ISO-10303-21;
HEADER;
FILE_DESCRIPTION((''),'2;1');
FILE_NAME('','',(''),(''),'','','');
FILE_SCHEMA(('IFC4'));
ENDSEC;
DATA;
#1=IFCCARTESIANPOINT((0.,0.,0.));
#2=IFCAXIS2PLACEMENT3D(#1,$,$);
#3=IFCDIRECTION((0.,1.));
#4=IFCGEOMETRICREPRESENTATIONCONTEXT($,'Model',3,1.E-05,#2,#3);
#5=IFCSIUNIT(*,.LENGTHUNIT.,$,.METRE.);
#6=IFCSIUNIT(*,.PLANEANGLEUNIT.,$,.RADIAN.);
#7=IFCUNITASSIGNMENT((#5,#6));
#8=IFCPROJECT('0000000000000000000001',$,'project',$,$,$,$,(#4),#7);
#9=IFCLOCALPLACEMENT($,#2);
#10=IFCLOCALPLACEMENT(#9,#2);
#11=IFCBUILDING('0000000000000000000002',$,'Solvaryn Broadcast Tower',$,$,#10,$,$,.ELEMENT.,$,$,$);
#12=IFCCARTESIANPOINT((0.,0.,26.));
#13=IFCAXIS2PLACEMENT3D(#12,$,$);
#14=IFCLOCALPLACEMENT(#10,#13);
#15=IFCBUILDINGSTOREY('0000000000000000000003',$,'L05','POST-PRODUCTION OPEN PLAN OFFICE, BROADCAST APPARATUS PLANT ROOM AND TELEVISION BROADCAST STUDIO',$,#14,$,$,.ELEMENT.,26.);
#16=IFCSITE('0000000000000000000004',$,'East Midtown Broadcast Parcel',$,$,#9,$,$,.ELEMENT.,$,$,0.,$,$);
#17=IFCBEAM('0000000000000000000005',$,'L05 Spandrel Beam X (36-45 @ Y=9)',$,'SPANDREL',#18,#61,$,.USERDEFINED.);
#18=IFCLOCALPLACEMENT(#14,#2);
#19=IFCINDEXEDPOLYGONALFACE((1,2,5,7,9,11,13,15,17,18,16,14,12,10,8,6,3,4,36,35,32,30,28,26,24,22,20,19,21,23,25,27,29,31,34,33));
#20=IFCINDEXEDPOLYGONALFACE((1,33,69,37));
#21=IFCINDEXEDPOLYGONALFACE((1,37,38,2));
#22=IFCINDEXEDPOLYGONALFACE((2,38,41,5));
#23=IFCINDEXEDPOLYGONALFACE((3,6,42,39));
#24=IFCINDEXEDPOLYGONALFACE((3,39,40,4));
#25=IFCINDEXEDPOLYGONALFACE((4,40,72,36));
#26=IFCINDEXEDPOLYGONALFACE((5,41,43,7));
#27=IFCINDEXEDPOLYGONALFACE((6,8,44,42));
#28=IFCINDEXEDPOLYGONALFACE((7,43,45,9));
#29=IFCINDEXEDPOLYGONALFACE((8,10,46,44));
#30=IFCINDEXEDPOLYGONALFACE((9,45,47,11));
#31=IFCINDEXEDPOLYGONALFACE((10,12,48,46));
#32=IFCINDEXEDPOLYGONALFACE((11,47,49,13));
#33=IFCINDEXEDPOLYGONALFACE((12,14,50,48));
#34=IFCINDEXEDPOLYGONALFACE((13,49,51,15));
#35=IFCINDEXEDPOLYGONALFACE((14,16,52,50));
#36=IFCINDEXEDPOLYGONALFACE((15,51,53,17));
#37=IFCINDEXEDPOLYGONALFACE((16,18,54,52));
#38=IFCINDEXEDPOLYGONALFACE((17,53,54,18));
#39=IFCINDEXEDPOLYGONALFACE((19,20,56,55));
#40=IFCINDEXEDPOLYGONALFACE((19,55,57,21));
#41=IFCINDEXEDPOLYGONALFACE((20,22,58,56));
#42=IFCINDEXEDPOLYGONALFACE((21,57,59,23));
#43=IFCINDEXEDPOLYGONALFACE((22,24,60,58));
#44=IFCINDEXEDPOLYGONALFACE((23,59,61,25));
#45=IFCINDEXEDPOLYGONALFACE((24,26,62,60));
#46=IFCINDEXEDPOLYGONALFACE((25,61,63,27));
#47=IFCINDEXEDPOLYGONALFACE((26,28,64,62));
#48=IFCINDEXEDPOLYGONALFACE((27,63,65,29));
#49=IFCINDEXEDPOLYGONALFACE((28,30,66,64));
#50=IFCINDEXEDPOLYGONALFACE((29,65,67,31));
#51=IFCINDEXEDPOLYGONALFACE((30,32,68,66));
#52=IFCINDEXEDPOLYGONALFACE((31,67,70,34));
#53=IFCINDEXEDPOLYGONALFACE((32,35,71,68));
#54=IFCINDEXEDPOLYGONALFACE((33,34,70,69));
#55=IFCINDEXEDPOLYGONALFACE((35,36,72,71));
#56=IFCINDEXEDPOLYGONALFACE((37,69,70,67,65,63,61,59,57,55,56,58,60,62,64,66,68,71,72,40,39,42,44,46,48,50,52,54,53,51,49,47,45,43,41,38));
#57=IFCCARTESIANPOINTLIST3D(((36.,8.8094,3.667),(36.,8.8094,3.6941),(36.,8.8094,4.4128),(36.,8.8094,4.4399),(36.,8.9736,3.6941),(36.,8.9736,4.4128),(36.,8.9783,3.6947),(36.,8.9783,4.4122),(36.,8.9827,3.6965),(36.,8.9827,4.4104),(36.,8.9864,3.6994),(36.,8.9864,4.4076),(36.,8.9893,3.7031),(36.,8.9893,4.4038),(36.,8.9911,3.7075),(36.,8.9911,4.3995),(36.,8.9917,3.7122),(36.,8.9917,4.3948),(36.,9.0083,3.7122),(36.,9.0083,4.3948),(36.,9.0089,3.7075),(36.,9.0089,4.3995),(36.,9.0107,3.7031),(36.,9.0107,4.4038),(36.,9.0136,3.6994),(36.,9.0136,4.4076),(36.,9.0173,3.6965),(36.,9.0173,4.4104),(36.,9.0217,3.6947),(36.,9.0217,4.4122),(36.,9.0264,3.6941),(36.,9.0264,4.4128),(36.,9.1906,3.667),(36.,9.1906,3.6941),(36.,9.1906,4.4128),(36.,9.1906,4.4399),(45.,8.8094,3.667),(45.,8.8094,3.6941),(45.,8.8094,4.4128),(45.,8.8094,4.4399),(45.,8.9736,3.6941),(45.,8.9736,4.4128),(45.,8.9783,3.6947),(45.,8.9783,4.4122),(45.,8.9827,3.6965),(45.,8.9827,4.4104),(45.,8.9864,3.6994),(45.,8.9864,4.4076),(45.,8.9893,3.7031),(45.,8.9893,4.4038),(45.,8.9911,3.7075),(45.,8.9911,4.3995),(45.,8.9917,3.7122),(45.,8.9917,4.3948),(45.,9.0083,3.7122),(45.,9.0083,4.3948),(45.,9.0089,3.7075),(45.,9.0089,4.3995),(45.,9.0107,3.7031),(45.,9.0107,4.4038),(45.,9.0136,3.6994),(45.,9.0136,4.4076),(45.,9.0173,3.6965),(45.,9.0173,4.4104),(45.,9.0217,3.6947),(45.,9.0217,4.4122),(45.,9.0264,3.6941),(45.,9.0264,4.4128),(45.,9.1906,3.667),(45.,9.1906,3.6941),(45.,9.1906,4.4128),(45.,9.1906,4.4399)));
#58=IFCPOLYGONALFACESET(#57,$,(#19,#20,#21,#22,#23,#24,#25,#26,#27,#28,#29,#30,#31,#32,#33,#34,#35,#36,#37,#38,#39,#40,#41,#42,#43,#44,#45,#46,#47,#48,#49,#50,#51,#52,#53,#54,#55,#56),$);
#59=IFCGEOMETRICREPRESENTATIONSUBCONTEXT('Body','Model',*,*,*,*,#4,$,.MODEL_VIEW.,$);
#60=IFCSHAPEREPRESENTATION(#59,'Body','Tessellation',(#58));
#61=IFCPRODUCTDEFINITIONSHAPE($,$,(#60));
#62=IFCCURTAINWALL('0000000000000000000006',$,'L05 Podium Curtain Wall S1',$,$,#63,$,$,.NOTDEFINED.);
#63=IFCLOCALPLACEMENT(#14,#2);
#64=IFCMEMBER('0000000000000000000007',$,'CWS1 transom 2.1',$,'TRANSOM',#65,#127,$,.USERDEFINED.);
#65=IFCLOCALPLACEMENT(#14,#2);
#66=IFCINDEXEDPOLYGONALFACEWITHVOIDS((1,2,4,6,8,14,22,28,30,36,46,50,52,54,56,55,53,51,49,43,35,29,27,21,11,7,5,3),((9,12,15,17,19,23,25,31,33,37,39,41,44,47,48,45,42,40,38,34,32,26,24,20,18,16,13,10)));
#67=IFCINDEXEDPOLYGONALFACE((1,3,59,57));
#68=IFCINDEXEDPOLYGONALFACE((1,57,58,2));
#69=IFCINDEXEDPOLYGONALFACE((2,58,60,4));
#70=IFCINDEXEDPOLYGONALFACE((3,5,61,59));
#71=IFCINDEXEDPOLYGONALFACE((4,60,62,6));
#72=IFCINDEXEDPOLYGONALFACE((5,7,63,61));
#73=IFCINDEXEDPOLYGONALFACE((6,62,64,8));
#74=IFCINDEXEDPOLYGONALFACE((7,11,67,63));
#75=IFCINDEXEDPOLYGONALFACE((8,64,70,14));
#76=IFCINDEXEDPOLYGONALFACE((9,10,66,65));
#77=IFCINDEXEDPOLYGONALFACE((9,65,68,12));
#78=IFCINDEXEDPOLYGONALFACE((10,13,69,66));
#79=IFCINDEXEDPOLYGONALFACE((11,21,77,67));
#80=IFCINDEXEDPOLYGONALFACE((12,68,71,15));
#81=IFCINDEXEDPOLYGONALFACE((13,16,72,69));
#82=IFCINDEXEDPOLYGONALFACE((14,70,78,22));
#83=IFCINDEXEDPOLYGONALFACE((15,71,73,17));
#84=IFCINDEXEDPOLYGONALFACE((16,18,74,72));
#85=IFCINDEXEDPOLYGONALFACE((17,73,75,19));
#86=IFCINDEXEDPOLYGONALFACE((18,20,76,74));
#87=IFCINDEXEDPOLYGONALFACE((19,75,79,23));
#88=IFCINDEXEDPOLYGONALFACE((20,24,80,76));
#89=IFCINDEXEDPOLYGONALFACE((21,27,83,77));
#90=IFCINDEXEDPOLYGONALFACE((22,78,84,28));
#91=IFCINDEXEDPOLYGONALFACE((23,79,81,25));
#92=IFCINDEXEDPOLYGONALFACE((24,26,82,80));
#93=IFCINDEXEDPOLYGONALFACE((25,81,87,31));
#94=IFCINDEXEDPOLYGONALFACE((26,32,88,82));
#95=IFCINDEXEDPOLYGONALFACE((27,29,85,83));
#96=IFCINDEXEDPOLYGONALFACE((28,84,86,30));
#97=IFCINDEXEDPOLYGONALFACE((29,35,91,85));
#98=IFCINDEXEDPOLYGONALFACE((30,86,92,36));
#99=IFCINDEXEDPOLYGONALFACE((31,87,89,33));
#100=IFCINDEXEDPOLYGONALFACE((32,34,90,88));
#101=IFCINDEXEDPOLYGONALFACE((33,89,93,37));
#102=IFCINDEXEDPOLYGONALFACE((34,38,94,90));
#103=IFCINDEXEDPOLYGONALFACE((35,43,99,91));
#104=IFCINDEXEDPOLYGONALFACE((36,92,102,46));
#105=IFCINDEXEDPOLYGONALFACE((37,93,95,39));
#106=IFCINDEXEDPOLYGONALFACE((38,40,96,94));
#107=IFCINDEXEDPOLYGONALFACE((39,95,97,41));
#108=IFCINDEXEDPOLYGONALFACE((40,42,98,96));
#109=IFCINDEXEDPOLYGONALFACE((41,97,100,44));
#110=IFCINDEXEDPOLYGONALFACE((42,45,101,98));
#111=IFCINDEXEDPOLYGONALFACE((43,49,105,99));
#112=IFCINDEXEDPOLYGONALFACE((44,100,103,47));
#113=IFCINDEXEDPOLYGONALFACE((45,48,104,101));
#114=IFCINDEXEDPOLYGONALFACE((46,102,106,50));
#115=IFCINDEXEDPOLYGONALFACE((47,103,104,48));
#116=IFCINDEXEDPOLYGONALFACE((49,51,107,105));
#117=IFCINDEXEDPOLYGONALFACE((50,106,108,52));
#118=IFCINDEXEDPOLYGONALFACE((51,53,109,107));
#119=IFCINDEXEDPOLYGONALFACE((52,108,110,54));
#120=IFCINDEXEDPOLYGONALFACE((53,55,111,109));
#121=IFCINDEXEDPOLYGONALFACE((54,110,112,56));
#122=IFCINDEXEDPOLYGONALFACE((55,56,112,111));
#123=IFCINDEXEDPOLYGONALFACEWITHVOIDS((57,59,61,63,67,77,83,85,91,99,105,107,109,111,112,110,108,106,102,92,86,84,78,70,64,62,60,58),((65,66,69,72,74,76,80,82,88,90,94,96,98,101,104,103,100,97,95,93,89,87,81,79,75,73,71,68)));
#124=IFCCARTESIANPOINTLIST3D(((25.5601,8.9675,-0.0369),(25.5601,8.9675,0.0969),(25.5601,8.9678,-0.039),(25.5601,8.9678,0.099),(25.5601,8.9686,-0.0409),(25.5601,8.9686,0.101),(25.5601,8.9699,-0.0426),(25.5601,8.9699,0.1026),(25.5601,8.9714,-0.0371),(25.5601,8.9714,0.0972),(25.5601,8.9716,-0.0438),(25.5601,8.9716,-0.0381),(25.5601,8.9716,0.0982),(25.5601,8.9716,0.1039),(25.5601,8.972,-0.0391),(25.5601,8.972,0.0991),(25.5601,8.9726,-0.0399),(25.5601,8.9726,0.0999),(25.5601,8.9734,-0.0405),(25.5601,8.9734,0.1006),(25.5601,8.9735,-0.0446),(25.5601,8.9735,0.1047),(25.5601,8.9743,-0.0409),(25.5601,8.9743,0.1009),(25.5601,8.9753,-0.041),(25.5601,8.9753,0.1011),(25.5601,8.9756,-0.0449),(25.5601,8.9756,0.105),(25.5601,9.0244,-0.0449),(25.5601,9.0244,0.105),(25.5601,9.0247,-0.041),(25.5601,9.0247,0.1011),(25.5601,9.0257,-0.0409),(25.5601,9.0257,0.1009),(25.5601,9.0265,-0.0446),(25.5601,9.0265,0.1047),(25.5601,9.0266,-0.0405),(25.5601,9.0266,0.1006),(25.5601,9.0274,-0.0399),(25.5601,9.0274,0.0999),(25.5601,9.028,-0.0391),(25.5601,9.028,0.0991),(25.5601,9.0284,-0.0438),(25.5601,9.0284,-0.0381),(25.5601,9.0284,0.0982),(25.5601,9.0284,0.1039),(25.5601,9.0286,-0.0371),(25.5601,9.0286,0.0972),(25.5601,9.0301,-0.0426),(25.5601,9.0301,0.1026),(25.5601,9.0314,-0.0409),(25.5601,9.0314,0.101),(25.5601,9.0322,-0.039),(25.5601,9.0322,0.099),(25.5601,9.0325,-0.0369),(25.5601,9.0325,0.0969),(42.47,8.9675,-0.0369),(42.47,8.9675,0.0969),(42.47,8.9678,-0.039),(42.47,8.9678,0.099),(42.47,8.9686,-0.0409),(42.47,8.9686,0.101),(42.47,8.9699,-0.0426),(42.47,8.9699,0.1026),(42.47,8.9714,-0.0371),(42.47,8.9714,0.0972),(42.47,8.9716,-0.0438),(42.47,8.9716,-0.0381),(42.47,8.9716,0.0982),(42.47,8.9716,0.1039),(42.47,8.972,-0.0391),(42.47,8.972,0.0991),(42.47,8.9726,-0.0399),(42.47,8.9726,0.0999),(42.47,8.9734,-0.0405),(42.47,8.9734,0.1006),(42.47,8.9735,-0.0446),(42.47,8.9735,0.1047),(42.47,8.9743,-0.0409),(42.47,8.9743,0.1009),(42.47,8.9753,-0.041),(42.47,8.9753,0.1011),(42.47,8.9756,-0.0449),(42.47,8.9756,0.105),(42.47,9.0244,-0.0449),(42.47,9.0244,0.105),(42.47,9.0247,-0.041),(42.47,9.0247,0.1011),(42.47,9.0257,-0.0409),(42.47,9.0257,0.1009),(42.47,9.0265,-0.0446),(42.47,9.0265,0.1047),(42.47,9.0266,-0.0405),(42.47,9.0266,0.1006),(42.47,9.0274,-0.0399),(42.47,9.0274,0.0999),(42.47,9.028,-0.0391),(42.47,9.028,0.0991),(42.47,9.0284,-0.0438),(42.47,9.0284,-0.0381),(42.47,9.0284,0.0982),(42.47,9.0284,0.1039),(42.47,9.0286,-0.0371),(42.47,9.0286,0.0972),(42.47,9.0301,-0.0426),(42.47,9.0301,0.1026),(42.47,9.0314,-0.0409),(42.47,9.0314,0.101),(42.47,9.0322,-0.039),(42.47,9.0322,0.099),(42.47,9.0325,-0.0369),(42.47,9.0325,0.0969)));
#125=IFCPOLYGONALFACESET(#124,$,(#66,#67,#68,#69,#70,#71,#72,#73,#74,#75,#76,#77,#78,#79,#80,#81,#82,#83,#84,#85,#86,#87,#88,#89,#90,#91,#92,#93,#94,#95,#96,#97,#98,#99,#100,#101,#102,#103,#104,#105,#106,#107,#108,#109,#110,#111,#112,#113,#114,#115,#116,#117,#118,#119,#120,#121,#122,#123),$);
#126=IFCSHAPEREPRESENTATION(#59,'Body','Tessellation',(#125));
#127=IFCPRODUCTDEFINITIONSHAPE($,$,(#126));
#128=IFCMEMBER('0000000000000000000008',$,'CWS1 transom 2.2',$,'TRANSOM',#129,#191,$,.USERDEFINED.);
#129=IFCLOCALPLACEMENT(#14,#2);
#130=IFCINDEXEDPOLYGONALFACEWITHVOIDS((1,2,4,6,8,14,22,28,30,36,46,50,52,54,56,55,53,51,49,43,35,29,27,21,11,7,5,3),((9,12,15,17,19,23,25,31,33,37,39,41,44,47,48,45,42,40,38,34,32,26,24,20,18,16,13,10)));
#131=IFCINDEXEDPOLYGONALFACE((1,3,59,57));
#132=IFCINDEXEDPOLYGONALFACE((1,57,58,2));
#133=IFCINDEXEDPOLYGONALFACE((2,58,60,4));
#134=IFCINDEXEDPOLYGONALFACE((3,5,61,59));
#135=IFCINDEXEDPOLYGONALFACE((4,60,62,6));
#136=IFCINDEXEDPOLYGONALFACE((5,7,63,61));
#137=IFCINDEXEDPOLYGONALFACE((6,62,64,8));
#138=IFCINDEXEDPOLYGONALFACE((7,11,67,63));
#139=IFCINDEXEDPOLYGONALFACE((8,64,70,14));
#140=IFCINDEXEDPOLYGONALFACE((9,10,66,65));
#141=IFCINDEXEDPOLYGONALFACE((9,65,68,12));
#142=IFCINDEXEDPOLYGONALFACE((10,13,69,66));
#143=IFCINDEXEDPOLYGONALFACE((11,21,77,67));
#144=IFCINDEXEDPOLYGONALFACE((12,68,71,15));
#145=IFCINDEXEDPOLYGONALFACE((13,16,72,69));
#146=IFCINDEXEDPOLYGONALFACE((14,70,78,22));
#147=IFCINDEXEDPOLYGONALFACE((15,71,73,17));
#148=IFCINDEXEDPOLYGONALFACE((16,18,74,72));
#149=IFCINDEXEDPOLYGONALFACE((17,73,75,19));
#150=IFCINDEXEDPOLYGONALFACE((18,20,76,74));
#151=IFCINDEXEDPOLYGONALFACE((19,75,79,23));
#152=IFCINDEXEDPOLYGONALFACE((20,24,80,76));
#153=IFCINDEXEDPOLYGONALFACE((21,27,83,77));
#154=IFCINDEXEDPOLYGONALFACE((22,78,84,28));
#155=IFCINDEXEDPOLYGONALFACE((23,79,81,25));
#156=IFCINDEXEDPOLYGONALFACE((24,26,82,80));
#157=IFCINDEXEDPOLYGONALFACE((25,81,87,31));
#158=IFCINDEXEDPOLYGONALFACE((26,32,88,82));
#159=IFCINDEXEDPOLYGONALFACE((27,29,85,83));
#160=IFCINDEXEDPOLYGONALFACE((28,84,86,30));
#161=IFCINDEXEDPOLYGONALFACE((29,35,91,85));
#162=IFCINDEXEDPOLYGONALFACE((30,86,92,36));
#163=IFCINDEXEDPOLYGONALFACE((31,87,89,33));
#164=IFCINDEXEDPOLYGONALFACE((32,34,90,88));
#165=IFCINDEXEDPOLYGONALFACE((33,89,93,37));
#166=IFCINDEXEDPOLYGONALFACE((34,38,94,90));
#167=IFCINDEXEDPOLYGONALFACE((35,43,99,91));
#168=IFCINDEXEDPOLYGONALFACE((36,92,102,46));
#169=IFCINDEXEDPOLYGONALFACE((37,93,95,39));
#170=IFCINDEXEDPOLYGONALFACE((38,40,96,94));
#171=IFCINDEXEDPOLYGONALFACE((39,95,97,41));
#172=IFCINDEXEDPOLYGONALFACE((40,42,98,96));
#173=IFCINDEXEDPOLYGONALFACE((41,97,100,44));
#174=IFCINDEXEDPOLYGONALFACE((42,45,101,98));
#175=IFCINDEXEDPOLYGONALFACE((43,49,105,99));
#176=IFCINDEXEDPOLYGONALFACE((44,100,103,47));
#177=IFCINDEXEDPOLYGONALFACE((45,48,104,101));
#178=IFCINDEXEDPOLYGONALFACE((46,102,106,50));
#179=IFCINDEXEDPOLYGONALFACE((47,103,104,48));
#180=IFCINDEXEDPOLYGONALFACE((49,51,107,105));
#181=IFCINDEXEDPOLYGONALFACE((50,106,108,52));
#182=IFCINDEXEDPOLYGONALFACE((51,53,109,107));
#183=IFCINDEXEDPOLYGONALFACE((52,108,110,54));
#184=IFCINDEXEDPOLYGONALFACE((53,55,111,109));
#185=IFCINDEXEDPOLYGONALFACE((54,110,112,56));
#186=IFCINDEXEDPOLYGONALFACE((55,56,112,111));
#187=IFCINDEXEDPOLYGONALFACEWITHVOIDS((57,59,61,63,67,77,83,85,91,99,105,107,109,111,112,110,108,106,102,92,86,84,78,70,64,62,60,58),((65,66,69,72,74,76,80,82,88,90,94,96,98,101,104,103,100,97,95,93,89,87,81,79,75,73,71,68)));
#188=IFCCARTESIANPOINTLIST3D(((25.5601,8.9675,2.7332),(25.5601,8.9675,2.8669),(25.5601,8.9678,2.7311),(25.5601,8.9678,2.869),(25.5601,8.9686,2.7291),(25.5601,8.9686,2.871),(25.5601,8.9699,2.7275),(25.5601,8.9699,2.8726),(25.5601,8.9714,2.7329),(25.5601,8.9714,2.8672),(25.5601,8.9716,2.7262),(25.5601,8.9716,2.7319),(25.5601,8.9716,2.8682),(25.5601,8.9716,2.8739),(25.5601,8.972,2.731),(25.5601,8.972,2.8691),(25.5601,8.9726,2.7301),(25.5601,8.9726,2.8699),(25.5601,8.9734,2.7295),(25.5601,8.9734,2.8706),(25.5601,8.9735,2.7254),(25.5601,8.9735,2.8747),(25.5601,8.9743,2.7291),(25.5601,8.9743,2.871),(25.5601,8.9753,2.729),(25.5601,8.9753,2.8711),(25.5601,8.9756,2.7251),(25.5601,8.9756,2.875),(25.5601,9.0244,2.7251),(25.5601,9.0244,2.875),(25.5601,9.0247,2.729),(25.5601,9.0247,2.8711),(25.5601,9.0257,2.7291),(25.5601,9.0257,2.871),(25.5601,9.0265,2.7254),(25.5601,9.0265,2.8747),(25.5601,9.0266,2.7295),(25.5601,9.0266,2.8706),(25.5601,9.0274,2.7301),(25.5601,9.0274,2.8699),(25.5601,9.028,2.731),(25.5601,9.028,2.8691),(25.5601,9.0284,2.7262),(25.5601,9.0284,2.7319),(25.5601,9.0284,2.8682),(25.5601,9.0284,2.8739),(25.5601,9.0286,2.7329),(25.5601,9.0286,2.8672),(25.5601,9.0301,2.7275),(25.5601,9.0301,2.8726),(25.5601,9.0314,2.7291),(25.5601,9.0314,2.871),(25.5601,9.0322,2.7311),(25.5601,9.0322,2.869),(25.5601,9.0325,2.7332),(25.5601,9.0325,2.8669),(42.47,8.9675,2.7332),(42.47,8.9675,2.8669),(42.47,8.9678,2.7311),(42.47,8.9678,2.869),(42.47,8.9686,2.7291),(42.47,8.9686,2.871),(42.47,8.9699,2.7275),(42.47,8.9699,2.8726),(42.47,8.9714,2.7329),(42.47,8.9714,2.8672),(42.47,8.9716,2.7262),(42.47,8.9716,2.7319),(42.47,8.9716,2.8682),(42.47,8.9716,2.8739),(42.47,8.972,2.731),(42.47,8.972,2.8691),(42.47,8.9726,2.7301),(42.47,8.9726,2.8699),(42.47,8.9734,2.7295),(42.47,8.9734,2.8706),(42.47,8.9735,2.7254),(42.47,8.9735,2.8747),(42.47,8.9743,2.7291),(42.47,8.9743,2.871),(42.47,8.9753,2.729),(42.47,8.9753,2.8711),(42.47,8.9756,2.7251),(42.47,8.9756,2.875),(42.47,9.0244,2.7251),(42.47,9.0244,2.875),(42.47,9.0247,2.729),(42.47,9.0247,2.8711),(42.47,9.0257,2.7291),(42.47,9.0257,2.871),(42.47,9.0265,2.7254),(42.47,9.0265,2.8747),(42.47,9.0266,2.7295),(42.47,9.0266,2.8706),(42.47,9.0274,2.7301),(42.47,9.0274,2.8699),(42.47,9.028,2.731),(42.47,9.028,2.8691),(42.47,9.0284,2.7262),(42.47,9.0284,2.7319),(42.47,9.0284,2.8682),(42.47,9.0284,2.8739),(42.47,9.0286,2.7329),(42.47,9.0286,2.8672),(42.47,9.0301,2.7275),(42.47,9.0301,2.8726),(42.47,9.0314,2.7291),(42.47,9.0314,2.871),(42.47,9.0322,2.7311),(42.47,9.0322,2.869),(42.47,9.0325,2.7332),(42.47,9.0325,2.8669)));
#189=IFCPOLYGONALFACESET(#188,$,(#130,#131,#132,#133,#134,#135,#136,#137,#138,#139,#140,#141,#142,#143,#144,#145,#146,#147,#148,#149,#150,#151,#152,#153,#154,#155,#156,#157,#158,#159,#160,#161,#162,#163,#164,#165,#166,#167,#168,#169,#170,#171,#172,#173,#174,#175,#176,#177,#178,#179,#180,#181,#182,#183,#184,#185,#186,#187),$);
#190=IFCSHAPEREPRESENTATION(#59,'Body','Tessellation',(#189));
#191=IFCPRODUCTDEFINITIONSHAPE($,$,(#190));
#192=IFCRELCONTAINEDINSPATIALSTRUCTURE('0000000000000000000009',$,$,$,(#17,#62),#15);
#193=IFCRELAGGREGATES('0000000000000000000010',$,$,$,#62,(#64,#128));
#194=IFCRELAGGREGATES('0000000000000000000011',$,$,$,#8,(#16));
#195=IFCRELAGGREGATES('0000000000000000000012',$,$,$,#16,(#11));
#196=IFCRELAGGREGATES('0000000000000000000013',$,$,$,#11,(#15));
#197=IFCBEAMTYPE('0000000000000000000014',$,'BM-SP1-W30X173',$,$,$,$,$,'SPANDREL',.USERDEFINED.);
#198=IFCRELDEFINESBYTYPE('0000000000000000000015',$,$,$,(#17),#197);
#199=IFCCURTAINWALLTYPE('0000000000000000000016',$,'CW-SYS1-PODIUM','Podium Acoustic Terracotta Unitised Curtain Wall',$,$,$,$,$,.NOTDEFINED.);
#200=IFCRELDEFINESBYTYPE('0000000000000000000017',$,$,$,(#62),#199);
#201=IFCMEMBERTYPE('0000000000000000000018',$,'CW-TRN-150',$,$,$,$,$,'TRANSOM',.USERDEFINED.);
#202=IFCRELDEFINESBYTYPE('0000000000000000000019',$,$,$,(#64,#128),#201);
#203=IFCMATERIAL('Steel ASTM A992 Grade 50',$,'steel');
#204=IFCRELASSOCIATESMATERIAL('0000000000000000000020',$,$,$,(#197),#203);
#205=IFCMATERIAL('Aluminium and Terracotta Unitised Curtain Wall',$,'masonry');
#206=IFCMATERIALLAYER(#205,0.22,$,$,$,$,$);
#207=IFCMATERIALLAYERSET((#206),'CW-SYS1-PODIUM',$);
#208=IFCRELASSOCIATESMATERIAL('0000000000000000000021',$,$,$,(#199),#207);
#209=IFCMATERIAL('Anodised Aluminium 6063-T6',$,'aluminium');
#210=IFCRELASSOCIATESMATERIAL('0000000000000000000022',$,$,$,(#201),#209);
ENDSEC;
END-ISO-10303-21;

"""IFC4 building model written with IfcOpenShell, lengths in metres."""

from ifc_helpers import new_model, si_unit, direction, frame, origin, origin_2d, place, context, subcontext, project, spatial, hollow_rectangle, i_section, extrude, material, layer, layer_set, material_profile, profile_set, type_object, element, aggregate, save


model = new_model("IFC4")

# Units and contexts
model_context = context("Model", 3, precision=1e-05, world=origin(), true_north=direction((0.0, 1.0)))
body_context = subcontext(model_context, "Body", "Model", "MODEL_VIEW")
ifc_project = project(units=[si_unit("LENGTHUNIT", "METRE"), si_unit("PLANEANGLEUNIT", "RADIAN")], contexts=[model_context])

# Site, building, storey
site_placement = place(None, origin())
site = spatial("IfcSite", under=ifc_project, at=site_placement, Name="East Midtown Broadcast Parcel", CompositionType="ELEMENT", RefElevation=0.0)
building_placement = place(site_placement, origin())
building = spatial("IfcBuilding", under=site, at=building_placement, Name="Solvaryn Broadcast Tower", CompositionType="ELEMENT")
storey_placement = place(building_placement, frame((0.0, 0.0, 26.0)))
storey = spatial("IfcBuildingStorey", under=building, at=storey_placement, Name="L05", Description="POST-PRODUCTION OPEN PLAN OFFICE, BROADCAST APPARATUS PLANT ROOM AND TELEVISION BROADCAST STUDIO", CompositionType="ELEMENT", Elevation=26.0)

# Beam
ifc_material_1 = material(Name="Steel ASTM A992 Grade 50", Category="steel")
ifc_material_profile_1 = material_profile(ifc_material_1, i_section(OverallWidth=0.3811, OverallDepth=0.7729, WebThickness=0.0166, FlangeThickness=0.0271, FilletRadius=0.0181, at=origin_2d()))
ifc_profile_set_1 = profile_set([ifc_material_profile_1], Name="Steel ASTM A992 Grade 50")
beam_type_1 = type_object("IfcBeamType", Name="BM-SP1-W30X173", ElementType="SPANDREL", PredefinedType="USERDEFINED", material=ifc_profile_set_1)
beam_1_placement = place(storey_placement, frame((36.0, 9.0, 4.0535), z_axis=(1.0, 0.0, 0.0), x_axis=(0.0, 1.0, 0.0)))
element("IfcBeam", 1, at=beam_1_placement, inside=storey, type_object=beam_type_1, Name="L05 Spandrel Beam X (36-45 @ Y=9)", ObjectType="SPANDREL", PredefinedType="USERDEFINED", context=body_context, shape_type="SweptSolid", body=[
    extrude(i_section(OverallWidth=0.3811, OverallDepth=0.7729, WebThickness=0.0166, FlangeThickness=0.0271, FilletRadius=0.0181, at=origin_2d()), origin(), (0.0, 0.0, 1.0), 9.0),
])

# Curtain wall, members
ifc_material_2 = material(Name="Aluminium and Terracotta Unitised Curtain Wall", Category="masonry")
ifc_layer_1 = layer(ifc_material_2, 0.22)
ifc_layer_set_1 = layer_set([ifc_layer_1], Name="CW-SYS1-PODIUM")
curtain_wall_type = type_object("IfcCurtainWallType", Name="CW-SYS1-PODIUM", Description="Podium Acoustic Terracotta Unitised Curtain Wall", PredefinedType="NOTDEFINED", material=ifc_layer_set_1)
curtain_wall_placement = place(storey_placement, origin())
curtain_wall = element("IfcCurtainWall", 2, at=curtain_wall_placement, inside=storey, type_object=curtain_wall_type, Name="L05 Podium Curtain Wall S1", PredefinedType="NOTDEFINED")
ifc_material_3 = material(Name="Anodised Aluminium 6063-T6", Category="aluminium")
ifc_material_profile_2 = material_profile(ifc_material_3, hollow_rectangle(XDim=0.0649, YDim=0.1499, WallThickness=0.0039, InnerFilletRadius=0.0039, OuterFilletRadius=0.0081, at=origin_2d()))
ifc_profile_set_2 = profile_set([ifc_material_profile_2], Name="Anodised Aluminium 6063-T6")
member_type = type_object("IfcMemberType", Name="CW-TRN-150", ElementType="TRANSOM", PredefinedType="USERDEFINED", material=ifc_profile_set_2)
member_1_placement = place(storey_placement, frame((42.47, 9.0, 0.03), z_axis=(-1.0, 0.0, 0.0), x_axis=(0.0, -1.0, 0.0)))
member_1 = element("IfcMember", 3, at=member_1_placement, type_object=member_type, Name="CWS1 transom 2.1", ObjectType="TRANSOM", PredefinedType="USERDEFINED", context=body_context, shape_type="SweptSolid", body=[
    extrude(hollow_rectangle(XDim=0.0649, YDim=0.1499, WallThickness=0.0039, InnerFilletRadius=0.0039, OuterFilletRadius=0.0081, at=origin_2d()), origin(), (0.0, 0.0, 1.0), 16.9099),
])
member_2_placement = place(storey_placement, frame((42.47, 9.0, 2.8), z_axis=(-1.0, 0.0, 0.0), x_axis=(0.0, -1.0, 0.0)))
member_2 = element("IfcMember", 4, at=member_2_placement, type_object=member_type, Name="CWS1 transom 2.2", ObjectType="TRANSOM", PredefinedType="USERDEFINED", context=body_context, shape_type="SweptSolid", body=[
    extrude(hollow_rectangle(XDim=0.0649, YDim=0.1499, WallThickness=0.0039, InnerFilletRadius=0.0039, OuterFilletRadius=0.0081, at=origin_2d()), origin(), (0.0, 0.0, 1.0), 16.9099),
])
aggregate(curtain_wall, [member_1, member_2])

save(model, "model.ifc")
